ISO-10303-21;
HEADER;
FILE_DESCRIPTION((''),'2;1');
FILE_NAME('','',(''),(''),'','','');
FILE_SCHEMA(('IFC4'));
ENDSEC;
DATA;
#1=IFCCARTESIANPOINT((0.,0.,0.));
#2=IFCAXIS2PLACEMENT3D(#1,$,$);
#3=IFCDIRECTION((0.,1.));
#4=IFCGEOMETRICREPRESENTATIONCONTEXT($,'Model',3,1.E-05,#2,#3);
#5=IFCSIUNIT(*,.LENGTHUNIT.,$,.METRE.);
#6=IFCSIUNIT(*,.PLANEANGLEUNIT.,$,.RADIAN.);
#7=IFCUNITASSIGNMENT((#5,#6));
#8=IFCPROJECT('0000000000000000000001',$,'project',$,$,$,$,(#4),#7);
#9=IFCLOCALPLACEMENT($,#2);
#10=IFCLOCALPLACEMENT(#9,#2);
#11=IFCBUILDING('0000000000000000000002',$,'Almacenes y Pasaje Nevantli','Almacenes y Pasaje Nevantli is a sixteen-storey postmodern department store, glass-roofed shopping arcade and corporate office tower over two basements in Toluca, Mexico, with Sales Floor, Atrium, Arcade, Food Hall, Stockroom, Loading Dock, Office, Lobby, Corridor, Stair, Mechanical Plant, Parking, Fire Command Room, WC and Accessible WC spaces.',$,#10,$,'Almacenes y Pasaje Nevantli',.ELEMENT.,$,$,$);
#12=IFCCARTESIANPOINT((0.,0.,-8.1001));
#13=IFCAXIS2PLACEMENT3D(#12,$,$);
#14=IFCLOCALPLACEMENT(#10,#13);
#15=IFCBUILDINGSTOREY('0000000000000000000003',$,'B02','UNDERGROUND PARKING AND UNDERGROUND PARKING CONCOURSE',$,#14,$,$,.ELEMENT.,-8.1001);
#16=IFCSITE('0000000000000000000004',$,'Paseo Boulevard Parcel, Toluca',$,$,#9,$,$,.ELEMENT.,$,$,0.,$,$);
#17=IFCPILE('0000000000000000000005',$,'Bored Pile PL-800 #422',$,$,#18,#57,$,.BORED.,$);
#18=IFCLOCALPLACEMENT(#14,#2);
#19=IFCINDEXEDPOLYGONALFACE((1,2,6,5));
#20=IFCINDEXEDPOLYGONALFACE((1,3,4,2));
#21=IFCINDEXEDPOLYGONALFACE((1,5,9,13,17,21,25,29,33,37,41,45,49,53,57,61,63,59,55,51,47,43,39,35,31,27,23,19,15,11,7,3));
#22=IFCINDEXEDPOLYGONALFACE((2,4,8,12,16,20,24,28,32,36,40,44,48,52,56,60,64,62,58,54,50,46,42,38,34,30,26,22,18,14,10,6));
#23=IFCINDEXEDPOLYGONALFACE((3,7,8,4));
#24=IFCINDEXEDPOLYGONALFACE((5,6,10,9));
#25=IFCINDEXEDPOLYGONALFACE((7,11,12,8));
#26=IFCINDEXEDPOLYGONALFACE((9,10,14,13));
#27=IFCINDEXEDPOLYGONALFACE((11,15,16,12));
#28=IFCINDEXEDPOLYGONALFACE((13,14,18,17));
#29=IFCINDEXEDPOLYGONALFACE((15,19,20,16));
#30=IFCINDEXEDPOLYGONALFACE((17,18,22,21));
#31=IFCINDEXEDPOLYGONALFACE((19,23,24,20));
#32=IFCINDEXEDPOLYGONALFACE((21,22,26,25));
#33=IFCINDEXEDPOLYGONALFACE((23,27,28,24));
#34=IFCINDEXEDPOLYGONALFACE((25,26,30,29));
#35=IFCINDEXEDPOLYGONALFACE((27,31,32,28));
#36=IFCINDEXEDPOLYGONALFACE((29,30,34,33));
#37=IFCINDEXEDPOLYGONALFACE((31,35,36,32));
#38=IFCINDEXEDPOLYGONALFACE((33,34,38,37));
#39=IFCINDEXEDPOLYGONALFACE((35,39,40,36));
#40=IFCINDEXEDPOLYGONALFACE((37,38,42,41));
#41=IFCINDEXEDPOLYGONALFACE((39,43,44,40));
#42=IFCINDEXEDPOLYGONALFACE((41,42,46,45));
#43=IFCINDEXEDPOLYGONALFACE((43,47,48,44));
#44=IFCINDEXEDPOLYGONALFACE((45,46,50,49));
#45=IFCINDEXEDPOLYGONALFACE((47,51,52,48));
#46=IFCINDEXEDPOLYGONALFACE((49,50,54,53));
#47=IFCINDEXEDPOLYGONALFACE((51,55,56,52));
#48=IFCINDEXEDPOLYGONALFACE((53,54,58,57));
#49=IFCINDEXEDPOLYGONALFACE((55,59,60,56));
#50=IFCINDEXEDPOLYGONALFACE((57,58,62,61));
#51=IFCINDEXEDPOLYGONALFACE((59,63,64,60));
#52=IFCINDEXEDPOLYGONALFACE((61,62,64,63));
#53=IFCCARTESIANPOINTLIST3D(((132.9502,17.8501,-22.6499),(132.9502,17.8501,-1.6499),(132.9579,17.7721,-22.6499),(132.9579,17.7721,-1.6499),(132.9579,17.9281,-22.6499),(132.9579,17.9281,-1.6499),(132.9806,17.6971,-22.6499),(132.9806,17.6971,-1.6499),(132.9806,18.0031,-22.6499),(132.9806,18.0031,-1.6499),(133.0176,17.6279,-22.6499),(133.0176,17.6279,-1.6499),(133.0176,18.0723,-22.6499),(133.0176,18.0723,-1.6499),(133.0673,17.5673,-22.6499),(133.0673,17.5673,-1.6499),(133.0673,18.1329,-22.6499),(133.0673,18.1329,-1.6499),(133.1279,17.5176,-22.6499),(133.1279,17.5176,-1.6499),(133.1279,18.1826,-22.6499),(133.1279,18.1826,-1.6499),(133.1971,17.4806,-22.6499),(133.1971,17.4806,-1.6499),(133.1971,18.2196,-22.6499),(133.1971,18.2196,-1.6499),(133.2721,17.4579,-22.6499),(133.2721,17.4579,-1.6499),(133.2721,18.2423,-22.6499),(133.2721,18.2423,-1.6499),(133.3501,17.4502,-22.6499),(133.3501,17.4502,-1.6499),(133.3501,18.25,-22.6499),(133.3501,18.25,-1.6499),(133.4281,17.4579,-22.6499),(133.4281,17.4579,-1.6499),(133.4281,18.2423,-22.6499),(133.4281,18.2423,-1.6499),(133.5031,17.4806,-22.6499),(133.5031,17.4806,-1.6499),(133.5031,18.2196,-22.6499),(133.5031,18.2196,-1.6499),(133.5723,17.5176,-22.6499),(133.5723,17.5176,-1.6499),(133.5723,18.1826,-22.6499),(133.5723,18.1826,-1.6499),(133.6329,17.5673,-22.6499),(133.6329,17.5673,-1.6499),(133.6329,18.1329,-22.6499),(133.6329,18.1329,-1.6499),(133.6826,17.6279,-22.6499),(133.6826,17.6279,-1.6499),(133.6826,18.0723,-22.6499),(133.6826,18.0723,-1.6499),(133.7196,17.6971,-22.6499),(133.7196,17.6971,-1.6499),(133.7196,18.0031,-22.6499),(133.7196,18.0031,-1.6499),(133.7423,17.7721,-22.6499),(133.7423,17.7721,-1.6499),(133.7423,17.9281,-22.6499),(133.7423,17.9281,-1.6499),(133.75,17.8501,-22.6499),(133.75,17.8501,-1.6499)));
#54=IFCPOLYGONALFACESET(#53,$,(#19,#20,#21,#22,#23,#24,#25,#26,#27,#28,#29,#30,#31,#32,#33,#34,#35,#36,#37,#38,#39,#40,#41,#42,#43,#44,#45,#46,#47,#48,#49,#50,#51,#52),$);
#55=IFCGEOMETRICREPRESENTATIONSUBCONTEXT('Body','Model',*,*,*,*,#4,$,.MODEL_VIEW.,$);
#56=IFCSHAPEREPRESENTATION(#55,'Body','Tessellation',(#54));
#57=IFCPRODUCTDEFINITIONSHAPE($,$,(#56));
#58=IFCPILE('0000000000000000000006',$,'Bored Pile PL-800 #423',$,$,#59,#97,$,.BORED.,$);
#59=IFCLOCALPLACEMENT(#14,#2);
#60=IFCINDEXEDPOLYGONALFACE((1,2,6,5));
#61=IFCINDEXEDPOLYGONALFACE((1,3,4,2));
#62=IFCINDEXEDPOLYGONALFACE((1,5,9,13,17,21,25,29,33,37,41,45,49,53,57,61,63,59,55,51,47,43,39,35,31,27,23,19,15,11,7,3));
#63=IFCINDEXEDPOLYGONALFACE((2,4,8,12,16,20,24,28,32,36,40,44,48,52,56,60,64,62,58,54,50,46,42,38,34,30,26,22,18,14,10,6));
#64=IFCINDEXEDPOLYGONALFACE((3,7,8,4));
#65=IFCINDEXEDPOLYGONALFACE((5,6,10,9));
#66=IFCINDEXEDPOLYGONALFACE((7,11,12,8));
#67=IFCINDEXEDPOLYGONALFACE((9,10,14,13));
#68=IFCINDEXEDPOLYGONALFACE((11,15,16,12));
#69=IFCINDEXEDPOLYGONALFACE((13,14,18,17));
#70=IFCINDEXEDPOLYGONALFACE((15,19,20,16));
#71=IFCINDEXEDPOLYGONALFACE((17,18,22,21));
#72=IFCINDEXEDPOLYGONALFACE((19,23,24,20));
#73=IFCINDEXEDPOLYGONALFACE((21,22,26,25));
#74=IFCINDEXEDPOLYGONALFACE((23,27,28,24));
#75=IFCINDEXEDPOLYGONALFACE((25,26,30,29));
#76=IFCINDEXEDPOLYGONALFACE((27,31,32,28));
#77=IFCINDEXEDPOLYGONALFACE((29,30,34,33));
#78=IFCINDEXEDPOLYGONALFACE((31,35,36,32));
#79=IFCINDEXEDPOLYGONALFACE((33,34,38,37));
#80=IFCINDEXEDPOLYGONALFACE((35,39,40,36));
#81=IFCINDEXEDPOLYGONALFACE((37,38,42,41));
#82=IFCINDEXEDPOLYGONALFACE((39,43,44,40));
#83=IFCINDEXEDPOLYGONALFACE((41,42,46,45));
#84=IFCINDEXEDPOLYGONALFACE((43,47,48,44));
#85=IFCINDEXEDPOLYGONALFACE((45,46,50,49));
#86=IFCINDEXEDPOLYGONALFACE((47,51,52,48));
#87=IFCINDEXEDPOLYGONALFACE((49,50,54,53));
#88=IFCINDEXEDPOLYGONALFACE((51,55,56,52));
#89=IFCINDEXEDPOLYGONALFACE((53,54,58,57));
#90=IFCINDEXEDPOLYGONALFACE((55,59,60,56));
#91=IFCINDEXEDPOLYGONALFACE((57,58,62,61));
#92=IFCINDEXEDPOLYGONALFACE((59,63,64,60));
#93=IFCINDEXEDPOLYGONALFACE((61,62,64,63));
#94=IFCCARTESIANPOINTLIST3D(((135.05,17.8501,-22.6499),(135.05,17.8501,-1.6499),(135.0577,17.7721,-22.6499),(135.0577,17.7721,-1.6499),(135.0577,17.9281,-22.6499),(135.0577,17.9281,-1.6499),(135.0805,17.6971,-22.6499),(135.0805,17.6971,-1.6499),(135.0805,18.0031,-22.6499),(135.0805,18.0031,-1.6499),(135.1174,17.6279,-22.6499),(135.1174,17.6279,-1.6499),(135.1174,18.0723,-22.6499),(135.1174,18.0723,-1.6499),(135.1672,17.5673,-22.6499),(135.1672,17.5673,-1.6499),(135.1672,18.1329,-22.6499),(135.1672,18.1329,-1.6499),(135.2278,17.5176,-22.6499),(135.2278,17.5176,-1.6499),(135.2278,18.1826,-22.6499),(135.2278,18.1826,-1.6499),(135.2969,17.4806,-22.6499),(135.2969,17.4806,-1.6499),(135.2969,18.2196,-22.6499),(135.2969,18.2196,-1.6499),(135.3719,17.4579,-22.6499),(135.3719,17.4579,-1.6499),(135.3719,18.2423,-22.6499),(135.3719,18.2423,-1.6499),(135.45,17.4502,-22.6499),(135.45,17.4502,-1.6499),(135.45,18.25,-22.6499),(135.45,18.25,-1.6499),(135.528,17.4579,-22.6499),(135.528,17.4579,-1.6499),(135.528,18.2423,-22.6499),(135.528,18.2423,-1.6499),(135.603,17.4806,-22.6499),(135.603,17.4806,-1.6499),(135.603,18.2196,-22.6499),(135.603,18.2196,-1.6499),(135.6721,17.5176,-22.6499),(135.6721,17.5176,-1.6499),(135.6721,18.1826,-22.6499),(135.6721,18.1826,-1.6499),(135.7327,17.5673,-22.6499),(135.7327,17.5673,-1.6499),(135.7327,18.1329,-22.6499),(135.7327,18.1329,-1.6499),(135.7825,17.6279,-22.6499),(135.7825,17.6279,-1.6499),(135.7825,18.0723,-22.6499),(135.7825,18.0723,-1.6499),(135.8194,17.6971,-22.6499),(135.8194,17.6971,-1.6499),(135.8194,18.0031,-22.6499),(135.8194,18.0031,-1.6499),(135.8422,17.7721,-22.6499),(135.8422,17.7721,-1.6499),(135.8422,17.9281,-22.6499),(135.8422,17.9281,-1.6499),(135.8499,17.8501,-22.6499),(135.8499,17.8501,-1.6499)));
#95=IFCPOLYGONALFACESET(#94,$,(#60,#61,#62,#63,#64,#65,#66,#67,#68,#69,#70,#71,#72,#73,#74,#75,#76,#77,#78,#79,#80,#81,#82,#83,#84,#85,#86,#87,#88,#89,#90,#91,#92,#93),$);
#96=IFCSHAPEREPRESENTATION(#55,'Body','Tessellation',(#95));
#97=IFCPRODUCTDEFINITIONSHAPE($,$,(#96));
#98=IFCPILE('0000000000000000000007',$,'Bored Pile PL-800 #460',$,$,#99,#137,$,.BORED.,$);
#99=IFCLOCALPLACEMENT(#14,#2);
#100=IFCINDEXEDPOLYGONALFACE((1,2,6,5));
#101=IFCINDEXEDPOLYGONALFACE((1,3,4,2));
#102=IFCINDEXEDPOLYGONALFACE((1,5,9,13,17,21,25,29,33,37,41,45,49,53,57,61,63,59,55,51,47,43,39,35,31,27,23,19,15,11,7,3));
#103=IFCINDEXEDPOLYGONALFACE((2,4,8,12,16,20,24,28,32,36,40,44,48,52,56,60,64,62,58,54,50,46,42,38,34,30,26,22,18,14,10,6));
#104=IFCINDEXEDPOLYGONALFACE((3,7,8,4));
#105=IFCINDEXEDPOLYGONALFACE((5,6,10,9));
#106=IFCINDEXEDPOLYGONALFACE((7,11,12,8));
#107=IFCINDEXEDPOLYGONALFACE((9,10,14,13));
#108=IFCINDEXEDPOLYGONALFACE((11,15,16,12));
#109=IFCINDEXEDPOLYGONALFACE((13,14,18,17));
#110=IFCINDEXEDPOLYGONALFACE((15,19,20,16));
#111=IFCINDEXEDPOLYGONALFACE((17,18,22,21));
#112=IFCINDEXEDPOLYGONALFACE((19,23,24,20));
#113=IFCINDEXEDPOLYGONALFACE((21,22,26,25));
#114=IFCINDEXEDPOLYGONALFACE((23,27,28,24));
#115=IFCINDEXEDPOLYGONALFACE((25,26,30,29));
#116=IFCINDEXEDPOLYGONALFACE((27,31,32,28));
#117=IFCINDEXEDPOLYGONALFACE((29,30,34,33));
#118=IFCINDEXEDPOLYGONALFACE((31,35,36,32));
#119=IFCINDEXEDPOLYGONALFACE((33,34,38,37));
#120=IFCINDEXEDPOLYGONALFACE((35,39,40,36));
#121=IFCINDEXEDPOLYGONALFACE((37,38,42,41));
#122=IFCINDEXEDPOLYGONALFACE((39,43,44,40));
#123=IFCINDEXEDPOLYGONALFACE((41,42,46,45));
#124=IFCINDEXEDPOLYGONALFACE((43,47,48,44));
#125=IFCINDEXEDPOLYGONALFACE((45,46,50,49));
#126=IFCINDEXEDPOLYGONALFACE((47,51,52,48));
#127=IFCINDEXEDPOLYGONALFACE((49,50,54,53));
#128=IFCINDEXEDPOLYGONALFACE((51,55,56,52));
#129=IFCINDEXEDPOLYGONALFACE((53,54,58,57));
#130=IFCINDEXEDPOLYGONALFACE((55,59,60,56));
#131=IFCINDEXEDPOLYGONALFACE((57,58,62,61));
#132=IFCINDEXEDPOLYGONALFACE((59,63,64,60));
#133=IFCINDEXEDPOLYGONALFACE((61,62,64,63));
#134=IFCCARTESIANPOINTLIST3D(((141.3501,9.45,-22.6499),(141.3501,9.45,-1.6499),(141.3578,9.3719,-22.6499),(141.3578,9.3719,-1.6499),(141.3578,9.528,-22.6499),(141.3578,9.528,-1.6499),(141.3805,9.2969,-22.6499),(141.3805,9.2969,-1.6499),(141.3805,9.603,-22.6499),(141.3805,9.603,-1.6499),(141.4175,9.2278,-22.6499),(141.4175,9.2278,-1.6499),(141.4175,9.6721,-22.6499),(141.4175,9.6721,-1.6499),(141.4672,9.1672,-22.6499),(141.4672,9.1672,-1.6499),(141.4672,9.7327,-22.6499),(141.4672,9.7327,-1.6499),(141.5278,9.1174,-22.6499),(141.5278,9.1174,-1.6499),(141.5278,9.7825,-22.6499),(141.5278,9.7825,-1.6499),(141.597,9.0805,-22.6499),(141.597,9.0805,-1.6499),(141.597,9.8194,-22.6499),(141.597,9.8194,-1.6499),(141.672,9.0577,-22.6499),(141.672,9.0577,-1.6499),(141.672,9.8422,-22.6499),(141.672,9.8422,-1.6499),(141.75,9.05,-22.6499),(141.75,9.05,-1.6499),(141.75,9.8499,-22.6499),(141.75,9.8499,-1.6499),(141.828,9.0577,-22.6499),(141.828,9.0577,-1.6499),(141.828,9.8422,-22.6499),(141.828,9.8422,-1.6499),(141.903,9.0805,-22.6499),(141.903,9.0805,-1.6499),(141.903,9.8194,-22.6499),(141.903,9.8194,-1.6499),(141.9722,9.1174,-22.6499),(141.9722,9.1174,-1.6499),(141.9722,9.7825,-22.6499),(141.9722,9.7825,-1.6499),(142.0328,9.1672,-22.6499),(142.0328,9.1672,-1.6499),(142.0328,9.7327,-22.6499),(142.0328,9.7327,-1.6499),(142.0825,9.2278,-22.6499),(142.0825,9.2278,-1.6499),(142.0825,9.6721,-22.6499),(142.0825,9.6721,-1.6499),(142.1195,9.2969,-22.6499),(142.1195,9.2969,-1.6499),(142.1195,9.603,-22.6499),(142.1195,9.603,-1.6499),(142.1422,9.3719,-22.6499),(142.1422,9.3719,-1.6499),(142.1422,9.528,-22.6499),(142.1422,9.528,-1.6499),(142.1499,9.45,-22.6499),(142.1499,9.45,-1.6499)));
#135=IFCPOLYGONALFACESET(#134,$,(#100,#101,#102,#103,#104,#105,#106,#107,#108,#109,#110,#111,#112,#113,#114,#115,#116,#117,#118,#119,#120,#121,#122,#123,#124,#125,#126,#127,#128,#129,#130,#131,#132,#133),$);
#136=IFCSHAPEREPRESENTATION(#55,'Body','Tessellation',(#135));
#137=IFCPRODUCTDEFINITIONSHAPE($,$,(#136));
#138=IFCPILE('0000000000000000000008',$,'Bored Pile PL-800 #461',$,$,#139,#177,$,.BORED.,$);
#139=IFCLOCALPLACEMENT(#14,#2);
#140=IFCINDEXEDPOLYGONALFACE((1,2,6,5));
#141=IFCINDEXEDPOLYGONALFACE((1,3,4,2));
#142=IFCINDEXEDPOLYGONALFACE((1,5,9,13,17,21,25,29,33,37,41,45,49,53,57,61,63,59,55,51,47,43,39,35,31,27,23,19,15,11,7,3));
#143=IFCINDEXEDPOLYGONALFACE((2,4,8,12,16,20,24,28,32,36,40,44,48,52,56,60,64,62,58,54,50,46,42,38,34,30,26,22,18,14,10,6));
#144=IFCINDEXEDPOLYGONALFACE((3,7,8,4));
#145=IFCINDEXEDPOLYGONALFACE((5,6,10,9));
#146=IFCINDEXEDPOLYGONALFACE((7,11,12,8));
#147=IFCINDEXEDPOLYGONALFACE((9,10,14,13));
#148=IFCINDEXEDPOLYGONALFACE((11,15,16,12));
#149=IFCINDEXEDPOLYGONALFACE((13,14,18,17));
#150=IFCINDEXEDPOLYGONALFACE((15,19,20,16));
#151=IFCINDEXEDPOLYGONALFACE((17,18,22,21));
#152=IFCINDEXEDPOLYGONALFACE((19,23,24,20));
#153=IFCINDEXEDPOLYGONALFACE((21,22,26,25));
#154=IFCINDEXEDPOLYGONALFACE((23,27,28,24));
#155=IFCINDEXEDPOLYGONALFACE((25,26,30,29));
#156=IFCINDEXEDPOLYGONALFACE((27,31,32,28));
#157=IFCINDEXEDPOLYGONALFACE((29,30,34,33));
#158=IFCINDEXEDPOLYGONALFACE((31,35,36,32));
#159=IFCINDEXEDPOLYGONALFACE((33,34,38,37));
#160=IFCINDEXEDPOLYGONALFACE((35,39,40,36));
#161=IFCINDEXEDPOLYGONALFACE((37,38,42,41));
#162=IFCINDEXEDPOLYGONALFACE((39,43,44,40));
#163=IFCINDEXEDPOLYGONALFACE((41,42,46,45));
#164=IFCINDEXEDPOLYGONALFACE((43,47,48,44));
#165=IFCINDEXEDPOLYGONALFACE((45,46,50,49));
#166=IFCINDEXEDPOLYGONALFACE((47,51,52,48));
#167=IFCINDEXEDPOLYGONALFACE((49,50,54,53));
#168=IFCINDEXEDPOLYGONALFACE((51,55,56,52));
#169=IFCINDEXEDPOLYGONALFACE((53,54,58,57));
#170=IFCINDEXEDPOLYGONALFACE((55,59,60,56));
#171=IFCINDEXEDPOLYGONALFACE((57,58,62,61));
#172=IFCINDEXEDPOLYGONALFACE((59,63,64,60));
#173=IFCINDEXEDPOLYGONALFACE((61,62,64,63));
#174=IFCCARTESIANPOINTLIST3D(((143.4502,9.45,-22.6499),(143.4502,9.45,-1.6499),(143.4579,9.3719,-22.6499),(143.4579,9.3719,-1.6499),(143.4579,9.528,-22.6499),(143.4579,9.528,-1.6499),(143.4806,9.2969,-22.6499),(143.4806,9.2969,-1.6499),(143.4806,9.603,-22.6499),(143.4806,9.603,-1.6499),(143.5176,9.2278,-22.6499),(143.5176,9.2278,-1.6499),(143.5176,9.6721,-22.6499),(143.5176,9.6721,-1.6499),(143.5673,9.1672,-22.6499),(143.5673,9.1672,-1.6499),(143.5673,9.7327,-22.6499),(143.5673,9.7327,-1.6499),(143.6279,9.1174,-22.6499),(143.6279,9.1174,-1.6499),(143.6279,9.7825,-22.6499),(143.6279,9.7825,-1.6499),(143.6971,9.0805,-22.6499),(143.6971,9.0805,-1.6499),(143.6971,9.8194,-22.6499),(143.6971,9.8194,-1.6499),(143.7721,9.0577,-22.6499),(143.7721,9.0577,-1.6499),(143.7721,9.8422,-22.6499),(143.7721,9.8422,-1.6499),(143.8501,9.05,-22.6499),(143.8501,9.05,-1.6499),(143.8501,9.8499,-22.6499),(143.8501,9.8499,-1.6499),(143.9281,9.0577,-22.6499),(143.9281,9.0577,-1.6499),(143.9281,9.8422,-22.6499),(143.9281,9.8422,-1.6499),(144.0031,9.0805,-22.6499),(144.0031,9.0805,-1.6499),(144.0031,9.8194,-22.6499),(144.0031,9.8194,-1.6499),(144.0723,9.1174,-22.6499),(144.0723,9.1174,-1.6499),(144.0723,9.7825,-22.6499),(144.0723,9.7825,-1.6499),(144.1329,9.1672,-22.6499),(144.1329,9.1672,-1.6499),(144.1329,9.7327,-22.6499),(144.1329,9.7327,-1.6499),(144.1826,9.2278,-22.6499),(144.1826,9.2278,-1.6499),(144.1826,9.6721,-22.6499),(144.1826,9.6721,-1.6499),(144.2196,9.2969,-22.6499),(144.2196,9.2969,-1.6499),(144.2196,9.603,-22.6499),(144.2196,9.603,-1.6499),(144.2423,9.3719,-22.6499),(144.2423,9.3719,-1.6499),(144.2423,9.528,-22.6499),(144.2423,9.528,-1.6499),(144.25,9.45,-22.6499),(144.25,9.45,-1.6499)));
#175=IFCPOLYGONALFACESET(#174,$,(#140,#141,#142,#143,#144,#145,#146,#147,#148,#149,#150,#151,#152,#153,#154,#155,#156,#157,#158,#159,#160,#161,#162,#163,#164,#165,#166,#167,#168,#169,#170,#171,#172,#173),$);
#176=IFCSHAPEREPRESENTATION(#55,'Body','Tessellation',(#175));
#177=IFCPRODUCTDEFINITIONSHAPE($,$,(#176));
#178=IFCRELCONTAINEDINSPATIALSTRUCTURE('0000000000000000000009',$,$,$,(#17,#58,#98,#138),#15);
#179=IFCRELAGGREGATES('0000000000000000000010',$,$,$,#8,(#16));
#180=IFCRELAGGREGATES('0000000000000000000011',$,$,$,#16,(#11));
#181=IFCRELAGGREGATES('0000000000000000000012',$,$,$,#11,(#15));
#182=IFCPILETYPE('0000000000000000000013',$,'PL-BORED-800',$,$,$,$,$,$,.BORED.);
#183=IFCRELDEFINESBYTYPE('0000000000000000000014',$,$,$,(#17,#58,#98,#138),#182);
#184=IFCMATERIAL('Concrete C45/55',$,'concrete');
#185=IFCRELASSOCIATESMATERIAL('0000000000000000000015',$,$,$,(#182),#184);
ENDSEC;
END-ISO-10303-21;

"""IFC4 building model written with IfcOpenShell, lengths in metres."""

from ifc_helpers import new_model, si_unit, direction, frame, origin, origin_2d, place, context, subcontext, project, spatial, circle, extrude, material, material_profile, profile_set, type_object, element, save


model = new_model("IFC4")

# Units and contexts
model_context = context("Model", 3, precision=1e-05, world=origin(), true_north=direction((0.0, 1.0)))
body_context = subcontext(model_context, "Body", "Model", "MODEL_VIEW")
ifc_project = project(units=[si_unit("LENGTHUNIT", "METRE"), si_unit("PLANEANGLEUNIT", "RADIAN")], contexts=[model_context])

# Site, building, storey
site_placement = place(None, origin())
site = spatial("IfcSite", under=ifc_project, at=site_placement, Name="Paseo Boulevard Parcel, Toluca", CompositionType="ELEMENT", RefElevation=0.0)
building_placement = place(site_placement, origin())
building = spatial("IfcBuilding", under=site, at=building_placement, Name="Almacenes y Pasaje Nevantli", Description="Almacenes y Pasaje Nevantli is a sixteen-storey postmodern department store, glass-roofed shopping arcade and corporate office tower over two basements in Toluca, Mexico, with Sales Floor, Atrium, Arcade, Food Hall, Stockroom, Loading Dock, Office, Lobby, Corridor, Stair, Mechanical Plant, Parking, Fire Command Room, WC and Accessible WC spaces.", LongName="Almacenes y Pasaje Nevantli", CompositionType="ELEMENT")
storey_placement = place(building_placement, frame((0.0, 0.0, -8.1001)))
storey = spatial("IfcBuildingStorey", under=building, at=storey_placement, Name="B02", Description="UNDERGROUND PARKING AND UNDERGROUND PARKING CONCOURSE", CompositionType="ELEMENT", Elevation=-8.1001)

# Piles
ifc_material_1 = material(Name="Concrete C45/55", Category="concrete")
ifc_material_profile_1 = material_profile(ifc_material_1, circle(Radius=0.3999, at=origin_2d()), Name="RC-PILE-D800")
ifc_profile_set_1 = profile_set([ifc_material_profile_1], Name="Concrete C45/55")
pile_type_1 = type_object("IfcPileType", Name="PL-BORED-800", PredefinedType="BORED", material=ifc_profile_set_1)
for number, where, z_axis, x_axis, name in (
    (1, (133.3501, 17.8501, -1.6499), (0.0, 0.0, -1.0), (1.0, 0.0, 0.0), "Bored Pile PL-800 #422"),
    (2, (135.45, 17.8501, -1.6499), (0.0, 0.0, -1.0), (1.0, 0.0, 0.0), "Bored Pile PL-800 #423"),
    (3, (141.75, 9.45, -1.6499), (0.0, 0.0, -1.0), (1.0, 0.0, 0.0), "Bored Pile PL-800 #460"),
    (4, (143.8501, 9.45, -1.6499), (0.0, 0.0, -1.0), (1.0, 0.0, 0.0), "Bored Pile PL-800 #461"),
):
    element("IfcPile", number, at=place(storey_placement, frame(where, z_axis=z_axis, x_axis=x_axis)), inside=storey, type_object=pile_type_1, Name=name, PredefinedType="BORED", context=body_context, shape_type="SweptSolid", body=[
        extrude(circle(Radius=0.3999, at=origin_2d()), origin(), (0.0, 0.0, 1.0), 21.0),
    ])

save(model, "model.ifc")
